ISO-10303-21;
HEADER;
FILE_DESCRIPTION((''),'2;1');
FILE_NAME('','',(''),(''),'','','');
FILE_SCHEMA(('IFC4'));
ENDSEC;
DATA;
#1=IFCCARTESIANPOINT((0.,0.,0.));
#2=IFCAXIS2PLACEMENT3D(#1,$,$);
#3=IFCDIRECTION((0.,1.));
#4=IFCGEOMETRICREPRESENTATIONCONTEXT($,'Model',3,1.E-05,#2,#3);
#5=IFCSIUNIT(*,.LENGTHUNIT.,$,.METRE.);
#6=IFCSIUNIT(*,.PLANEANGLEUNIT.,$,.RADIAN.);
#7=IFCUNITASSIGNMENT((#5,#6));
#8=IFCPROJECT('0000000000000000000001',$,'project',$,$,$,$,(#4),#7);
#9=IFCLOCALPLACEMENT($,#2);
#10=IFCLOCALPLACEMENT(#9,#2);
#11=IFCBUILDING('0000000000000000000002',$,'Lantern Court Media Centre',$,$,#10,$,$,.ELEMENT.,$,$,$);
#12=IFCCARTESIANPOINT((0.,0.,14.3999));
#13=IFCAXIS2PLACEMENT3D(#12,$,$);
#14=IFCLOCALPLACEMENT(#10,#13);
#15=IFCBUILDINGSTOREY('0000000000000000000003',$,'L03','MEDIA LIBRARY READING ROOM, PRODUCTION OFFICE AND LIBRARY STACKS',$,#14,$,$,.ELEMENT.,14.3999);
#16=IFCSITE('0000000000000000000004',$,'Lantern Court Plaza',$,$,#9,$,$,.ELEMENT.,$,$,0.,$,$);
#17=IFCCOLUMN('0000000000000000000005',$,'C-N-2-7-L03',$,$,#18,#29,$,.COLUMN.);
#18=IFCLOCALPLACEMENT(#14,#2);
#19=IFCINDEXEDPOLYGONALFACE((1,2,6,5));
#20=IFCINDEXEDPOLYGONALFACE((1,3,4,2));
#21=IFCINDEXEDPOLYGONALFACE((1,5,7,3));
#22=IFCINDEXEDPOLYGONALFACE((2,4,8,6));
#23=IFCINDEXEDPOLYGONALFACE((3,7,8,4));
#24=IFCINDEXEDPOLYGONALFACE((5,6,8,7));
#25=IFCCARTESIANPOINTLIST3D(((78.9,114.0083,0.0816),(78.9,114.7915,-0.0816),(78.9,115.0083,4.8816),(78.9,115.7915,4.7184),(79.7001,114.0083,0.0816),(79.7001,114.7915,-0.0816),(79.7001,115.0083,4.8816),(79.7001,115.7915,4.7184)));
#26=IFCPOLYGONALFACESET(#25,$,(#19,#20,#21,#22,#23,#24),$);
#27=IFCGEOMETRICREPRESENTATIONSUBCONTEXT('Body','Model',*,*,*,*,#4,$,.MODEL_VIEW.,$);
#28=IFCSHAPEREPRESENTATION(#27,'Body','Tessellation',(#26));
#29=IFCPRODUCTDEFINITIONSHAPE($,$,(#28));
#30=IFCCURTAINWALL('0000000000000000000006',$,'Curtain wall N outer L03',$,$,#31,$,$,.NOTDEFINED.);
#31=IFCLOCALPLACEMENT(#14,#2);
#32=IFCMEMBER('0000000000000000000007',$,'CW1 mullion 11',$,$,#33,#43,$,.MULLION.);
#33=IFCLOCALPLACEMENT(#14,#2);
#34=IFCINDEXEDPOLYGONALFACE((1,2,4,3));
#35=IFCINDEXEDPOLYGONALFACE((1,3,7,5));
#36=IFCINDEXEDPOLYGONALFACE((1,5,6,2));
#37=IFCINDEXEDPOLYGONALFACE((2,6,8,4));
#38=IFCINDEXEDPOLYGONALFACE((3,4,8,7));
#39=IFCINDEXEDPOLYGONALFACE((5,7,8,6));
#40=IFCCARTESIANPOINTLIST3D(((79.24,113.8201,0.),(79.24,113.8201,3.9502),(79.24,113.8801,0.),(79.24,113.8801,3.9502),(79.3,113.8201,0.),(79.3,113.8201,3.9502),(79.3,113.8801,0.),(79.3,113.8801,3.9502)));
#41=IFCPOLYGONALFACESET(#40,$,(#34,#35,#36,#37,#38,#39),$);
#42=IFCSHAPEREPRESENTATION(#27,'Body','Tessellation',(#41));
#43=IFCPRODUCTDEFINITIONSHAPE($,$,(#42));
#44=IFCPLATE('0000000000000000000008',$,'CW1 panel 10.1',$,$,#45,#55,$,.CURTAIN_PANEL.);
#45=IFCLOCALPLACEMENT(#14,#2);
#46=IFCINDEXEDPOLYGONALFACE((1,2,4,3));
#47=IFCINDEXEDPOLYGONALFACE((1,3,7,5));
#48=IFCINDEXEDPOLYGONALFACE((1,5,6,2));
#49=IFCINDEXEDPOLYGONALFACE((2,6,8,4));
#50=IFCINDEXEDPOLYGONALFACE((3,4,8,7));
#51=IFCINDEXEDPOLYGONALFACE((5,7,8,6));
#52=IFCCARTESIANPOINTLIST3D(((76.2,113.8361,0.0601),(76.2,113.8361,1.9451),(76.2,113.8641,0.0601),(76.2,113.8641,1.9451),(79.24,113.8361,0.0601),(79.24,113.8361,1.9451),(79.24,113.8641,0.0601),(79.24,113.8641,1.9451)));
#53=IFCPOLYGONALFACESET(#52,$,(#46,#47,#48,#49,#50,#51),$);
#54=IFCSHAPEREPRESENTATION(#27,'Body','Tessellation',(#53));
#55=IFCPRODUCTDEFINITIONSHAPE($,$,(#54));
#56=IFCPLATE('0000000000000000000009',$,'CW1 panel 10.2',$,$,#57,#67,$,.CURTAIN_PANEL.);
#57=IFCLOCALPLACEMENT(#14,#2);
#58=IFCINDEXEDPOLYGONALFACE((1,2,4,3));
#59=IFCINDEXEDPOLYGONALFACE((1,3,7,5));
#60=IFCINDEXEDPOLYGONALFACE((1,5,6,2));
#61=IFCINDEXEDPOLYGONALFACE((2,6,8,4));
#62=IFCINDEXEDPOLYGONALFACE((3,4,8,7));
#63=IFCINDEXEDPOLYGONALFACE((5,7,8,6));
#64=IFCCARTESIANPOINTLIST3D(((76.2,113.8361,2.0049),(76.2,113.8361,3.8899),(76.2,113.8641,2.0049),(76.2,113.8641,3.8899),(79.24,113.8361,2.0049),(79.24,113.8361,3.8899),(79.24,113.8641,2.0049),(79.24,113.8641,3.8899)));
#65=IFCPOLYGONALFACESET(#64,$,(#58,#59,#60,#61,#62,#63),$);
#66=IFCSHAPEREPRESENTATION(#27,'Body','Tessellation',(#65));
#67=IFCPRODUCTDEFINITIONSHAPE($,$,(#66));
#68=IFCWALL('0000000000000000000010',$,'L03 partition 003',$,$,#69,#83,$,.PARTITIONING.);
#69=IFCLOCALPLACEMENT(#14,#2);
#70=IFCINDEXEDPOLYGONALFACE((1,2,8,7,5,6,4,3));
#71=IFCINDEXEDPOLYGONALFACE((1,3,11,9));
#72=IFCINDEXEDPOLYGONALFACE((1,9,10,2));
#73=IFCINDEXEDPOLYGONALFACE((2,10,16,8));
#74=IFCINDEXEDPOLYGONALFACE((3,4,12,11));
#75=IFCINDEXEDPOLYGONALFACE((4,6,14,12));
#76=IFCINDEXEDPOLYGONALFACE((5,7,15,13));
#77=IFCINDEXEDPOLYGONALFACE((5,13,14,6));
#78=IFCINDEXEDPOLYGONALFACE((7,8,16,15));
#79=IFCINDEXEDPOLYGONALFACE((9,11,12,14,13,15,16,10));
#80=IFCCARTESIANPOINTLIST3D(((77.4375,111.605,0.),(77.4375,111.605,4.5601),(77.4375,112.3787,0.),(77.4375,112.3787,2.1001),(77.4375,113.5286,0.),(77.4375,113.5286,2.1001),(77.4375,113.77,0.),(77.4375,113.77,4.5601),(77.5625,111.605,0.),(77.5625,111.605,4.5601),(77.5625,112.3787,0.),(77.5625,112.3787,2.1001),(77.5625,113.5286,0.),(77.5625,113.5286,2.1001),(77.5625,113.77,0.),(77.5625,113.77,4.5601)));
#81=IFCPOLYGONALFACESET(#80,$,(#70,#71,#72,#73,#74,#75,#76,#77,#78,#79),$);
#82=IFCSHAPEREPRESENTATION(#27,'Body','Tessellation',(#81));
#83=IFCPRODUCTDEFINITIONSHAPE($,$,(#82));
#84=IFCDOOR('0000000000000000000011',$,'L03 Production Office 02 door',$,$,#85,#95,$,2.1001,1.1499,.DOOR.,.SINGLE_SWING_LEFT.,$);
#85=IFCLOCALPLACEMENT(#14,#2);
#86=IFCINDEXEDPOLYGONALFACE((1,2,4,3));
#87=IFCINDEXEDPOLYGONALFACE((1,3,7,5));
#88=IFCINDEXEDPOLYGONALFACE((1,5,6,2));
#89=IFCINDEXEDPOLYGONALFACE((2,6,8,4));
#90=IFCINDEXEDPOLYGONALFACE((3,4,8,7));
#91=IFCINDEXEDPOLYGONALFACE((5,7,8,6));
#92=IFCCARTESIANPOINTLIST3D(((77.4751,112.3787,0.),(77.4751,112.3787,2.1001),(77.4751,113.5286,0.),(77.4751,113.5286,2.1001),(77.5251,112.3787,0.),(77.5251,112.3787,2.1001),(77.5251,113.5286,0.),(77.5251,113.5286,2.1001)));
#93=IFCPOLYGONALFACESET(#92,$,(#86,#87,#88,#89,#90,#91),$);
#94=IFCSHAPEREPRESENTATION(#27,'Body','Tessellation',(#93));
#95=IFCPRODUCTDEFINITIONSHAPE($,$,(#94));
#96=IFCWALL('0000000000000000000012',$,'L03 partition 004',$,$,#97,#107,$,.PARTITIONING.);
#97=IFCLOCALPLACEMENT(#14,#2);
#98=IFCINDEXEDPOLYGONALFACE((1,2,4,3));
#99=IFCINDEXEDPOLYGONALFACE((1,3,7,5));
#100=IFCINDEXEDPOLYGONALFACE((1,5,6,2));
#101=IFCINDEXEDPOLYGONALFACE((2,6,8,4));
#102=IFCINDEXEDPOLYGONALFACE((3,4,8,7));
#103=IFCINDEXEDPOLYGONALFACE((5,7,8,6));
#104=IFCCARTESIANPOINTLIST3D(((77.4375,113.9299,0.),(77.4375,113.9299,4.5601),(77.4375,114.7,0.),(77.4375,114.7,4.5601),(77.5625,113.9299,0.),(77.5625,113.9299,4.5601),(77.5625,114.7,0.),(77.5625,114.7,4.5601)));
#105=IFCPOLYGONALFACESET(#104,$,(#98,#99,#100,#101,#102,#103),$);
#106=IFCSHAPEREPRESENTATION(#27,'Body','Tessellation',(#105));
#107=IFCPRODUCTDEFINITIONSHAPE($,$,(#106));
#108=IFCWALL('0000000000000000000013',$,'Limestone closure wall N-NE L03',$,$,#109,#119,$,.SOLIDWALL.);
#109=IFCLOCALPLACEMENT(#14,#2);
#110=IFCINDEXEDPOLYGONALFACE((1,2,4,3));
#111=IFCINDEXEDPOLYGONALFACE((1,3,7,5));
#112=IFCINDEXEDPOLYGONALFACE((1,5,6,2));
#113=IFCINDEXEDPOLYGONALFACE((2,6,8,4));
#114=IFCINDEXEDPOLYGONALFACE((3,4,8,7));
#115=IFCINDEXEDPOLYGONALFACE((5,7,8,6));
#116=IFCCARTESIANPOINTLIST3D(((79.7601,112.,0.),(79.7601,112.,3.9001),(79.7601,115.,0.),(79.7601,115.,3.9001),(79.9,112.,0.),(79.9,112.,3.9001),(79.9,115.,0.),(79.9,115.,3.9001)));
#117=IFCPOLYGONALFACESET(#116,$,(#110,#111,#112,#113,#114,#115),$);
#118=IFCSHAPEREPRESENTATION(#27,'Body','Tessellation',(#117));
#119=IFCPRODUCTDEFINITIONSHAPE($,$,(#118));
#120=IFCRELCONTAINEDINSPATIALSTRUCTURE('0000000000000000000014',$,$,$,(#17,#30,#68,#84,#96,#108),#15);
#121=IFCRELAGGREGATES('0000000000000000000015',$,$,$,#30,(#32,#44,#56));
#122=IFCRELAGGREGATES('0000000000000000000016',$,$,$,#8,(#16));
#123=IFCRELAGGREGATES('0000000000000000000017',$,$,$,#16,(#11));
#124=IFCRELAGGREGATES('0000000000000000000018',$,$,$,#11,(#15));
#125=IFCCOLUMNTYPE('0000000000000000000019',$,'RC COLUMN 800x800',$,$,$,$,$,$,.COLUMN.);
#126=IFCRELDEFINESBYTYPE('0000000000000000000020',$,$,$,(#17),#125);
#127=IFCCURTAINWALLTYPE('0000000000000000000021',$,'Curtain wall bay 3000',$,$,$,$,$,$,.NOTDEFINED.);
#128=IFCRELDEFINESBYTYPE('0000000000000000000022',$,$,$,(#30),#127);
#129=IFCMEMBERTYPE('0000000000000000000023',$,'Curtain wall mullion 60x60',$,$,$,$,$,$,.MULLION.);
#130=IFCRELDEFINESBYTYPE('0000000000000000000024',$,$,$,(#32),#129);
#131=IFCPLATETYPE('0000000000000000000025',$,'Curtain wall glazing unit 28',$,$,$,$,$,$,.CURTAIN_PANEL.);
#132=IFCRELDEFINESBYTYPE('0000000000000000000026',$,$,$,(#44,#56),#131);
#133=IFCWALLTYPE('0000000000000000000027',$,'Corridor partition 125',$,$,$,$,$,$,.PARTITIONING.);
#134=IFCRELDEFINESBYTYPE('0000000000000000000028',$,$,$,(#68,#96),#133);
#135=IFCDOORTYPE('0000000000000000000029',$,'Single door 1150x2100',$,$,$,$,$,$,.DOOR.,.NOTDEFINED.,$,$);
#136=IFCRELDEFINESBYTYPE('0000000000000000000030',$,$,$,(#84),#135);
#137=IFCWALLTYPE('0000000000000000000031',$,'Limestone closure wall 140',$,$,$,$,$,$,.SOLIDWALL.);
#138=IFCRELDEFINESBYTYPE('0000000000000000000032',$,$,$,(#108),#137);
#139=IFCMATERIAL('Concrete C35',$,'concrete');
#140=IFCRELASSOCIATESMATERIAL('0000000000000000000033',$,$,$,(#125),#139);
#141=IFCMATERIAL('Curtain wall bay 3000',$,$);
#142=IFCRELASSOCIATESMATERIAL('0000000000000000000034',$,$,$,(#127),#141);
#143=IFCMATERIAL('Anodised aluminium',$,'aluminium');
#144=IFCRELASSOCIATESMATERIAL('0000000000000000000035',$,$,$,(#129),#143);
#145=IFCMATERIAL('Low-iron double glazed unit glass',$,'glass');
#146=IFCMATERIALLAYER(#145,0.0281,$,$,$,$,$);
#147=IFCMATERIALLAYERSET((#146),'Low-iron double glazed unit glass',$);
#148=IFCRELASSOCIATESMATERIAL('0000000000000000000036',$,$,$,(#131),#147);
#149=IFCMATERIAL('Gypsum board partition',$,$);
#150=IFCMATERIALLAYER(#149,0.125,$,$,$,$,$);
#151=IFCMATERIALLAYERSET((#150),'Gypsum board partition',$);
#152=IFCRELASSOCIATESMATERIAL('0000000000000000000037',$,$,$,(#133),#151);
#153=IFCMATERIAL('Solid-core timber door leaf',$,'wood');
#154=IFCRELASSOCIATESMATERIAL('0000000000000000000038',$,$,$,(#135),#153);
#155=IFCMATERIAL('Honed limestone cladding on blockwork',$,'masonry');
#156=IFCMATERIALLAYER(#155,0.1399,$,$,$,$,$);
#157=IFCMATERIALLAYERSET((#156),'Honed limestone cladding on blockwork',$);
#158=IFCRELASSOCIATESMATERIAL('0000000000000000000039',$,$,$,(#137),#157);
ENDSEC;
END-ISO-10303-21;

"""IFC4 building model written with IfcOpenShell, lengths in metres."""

from ifc_helpers import new_model, si_unit, direction, frame, frame_2d, origin, origin_2d, place, context, subcontext, project, spatial, rectangle, extrude, material, layer, layer_set, material_profile, profile_set, type_object, element, fill, aggregate, save


model = new_model("IFC4")

# Units and contexts
model_context = context("Model", 3, precision=1e-05, world=origin(), true_north=direction((0.0, 1.0)))
body_context = subcontext(model_context, "Body", "Model", "MODEL_VIEW")
ifc_project = project(units=[si_unit("LENGTHUNIT", "METRE"), si_unit("PLANEANGLEUNIT", "RADIAN")], contexts=[model_context])

# Site, building, storey
site_placement = place(None, origin())
site = spatial("IfcSite", under=ifc_project, at=site_placement, Name="Lantern Court Plaza", CompositionType="ELEMENT", RefElevation=0.0)
building_placement = place(site_placement, origin())
building = spatial("IfcBuilding", under=site, at=building_placement, Name="Lantern Court Media Centre", CompositionType="ELEMENT")
storey_placement = place(building_placement, frame((0.0, 0.0, 14.3999)))
storey = spatial("IfcBuildingStorey", under=building, at=storey_placement, Name="L03", Description="MEDIA LIBRARY READING ROOM, PRODUCTION OFFICE AND LIBRARY STACKS", CompositionType="ELEMENT", Elevation=14.3999)

# Column
ifc_material_1 = material(Name="Concrete C35", Category="concrete")
ifc_material_profile_1 = material_profile(ifc_material_1, rectangle(XDim=0.8, YDim=0.8, at=origin_2d()), Name="RC 800x800")
ifc_profile_set_1 = profile_set([ifc_material_profile_1], Name="Concrete C35")
column_type = type_object("IfcColumnType", Name="RC COLUMN 800x800", PredefinedType="COLUMN", material=ifc_profile_set_1)
column_placement = place(storey_placement, frame((79.3, 114.3999, 0.0), z_axis=(0.0, 0.203952, 0.978981), x_axis=(-1.0, 0.0, 0.0)))
element("IfcColumn", 1, at=column_placement, inside=storey, type_object=column_type, Name="C-N-2-7-L03", PredefinedType="COLUMN", context=body_context, shape_type="SweptSolid", body=[
    extrude(rectangle(XDim=0.8, YDim=0.8, at=origin_2d()), origin(), (0.0, 0.0, 1.0), 4.9031),
])

# Curtain wall, member, plates
ifc_material_2 = material(Name="Curtain wall bay 3000")
curtain_wall_type = type_object("IfcCurtainWallType", Name="Curtain wall bay 3000", PredefinedType="NOTDEFINED", material=ifc_material_2)
curtain_wall_placement = place(storey_placement, origin())
curtain_wall = element("IfcCurtainWall", 2, at=curtain_wall_placement, inside=storey, type_object=curtain_wall_type, Name="Curtain wall N outer L03", PredefinedType="NOTDEFINED")
ifc_material_3 = material(Name="Anodised aluminium", Category="aluminium")
ifc_material_profile_2 = material_profile(ifc_material_3, rectangle(XDim=0.0601, YDim=0.0601, at=origin_2d()), Name="AL 60x60")
ifc_profile_set_2 = profile_set([ifc_material_profile_2], Name="Anodised aluminium")
member_type = type_object("IfcMemberType", Name="Curtain wall mullion 60x60", PredefinedType="MULLION", material=ifc_profile_set_2)
member_placement = place(storey_placement, frame((79.27, 113.8501, 0.0), z_axis=(0.0, 0.0, 1.0), x_axis=(0.0, 1.0, 0.0)))
member = element("IfcMember", 3, at=member_placement, type_object=member_type, Name="CW1 mullion 11", PredefinedType="MULLION", context=body_context, shape_type="SweptSolid", body=[
    extrude(rectangle(XDim=0.0601, YDim=0.0601, at=origin_2d()), origin(), (0.0, 0.0, 1.0), 3.9502),
])
ifc_material_4 = material(Name="Low-iron double glazed unit glass", Category="glass")
ifc_layer_1 = layer(ifc_material_4, 0.0281)
ifc_layer_set_1 = layer_set([ifc_layer_1], Name="Low-iron double glazed unit glass")
plate_type = type_object("IfcPlateType", Name="Curtain wall glazing unit 28", PredefinedType="CURTAIN_PANEL", material=ifc_layer_set_1)
plate_1_placement = place(storey_placement, frame((77.72, 113.8501, 0.0601), z_axis=(0.0, 0.0, 1.0), x_axis=(1.0, 0.0, 0.0)))
plate_1 = element("IfcPlate", 4, at=plate_1_placement, type_object=plate_type, Name="CW1 panel 10.1", PredefinedType="CURTAIN_PANEL", context=body_context, shape_type="SweptSolid", body=[
    extrude(rectangle(XDim=3.04, YDim=0.0281, at=origin_2d()), origin(), (0.0, 0.0, 1.0), 1.885),
])
plate_2_placement = place(storey_placement, frame((77.72, 113.8501, 2.0049), z_axis=(0.0, 0.0, 1.0), x_axis=(1.0, 0.0, 0.0)))
plate_2 = element("IfcPlate", 5, at=plate_2_placement, type_object=plate_type, Name="CW1 panel 10.2", PredefinedType="CURTAIN_PANEL", context=body_context, shape_type="SweptSolid", body=[
    extrude(rectangle(XDim=3.04, YDim=0.0281, at=origin_2d()), origin(), (0.0, 0.0, 1.0), 1.885),
])
aggregate(curtain_wall, [member, plate_1, plate_2])

# Wall, opening, door
ifc_material_5 = material(Name="Gypsum board partition")
ifc_layer_2 = layer(ifc_material_5, 0.125)
ifc_layer_set_2 = layer_set([ifc_layer_2], Name="Gypsum board partition")
wall_type_1 = type_object("IfcWallType", Name="Corridor partition 125", PredefinedType="PARTITIONING", material=ifc_layer_set_2)
wall_1_placement = place(storey_placement, frame((77.5, 111.605, 0.0), z_axis=(0.0, 0.0, 1.0), x_axis=(0.0, 1.0, 0.0)))
wall_1 = element("IfcWall", 6, at=wall_1_placement, inside=storey, type_object=wall_type_1, Name="L03 partition 003", PredefinedType="PARTITIONING", context=body_context, shape_type="SweptSolid", body=[
    extrude(rectangle(XDim=2.165, YDim=0.125, at=frame_2d((1.0825, 0.0))), origin(), (0.0, 0.0, 1.0), 4.5601),
])
opening_1_placement = place(wall_1_placement, frame((0.7737, 0.0, 0.0)))
opening_1 = element("IfcOpeningElement", 7, at=opening_1_placement, cuts=wall_1, PredefinedType="OPENING", context=body_context, shape_type="SweptSolid", body=[
    extrude(rectangle(XDim=1.1499, YDim=2.1001, at=frame_2d((0.575, 1.05))), frame((0.0, 0.0725, 0.0), z_axis=(0.0, -1.0, 0.0), x_axis=(1.0, 0.0, 0.0)), (0.0, 0.0, 1.0), 0.145),
])
ifc_material_6 = material(Name="Solid-core timber door leaf", Category="wood")
door_type = type_object("IfcDoorType", Name="Single door 1150x2100", OperationType="NOTDEFINED", PredefinedType="DOOR", material=ifc_material_6)
door_placement = place(opening_1_placement, origin())
door = element("IfcDoor", 8, at=door_placement, inside=storey, type_object=door_type, Name="L03 Production Office 02 door", OperationType="SINGLE_SWING_LEFT", OverallHeight=2.1001, OverallWidth=1.1499, PredefinedType="DOOR", context=body_context, shape_type="SweptSolid", body=[
    extrude(rectangle(XDim=1.1499, YDim=2.1001, at=frame_2d((0.575, 1.05))), frame((0.0, 0.0249, 0.0), z_axis=(0.0, -1.0, 0.0), x_axis=(1.0, 0.0, 0.0)), (0.0, 0.0, 1.0), 0.05),
])
fill(opening_1, door)

# Walls
wall_2_placement = place(storey_placement, frame((77.5, 113.9299, 0.0), z_axis=(0.0, 0.0, 1.0), x_axis=(0.0, 1.0, 0.0)))
element("IfcWall", 9, at=wall_2_placement, inside=storey, type_object=wall_type_1, Name="L03 partition 004", PredefinedType="PARTITIONING", context=body_context, shape_type="SweptSolid", body=[
    extrude(rectangle(XDim=0.77, YDim=0.125, at=frame_2d((0.385, 0.0))), origin(), (0.0, 0.0, 1.0), 4.5601),
])
ifc_material_7 = material(Name="Honed limestone cladding on blockwork", Category="masonry")
ifc_layer_3 = layer(ifc_material_7, 0.1399)
ifc_layer_set_3 = layer_set([ifc_layer_3], Name="Honed limestone cladding on blockwork")
wall_type_2 = type_object("IfcWallType", Name="Limestone closure wall 140", PredefinedType="SOLIDWALL", material=ifc_layer_set_3)
wall_3_placement = place(storey_placement, frame((79.8301, 112.0, 0.0), z_axis=(0.0, 0.0, 1.0), x_axis=(0.0, 1.0, 0.0)))
element("IfcWall", 10, at=wall_3_placement, inside=storey, type_object=wall_type_2, Name="Limestone closure wall N-NE L03", PredefinedType="SOLIDWALL", context=body_context, shape_type="SweptSolid", body=[
    extrude(rectangle(XDim=3.0, YDim=0.1399, at=frame_2d((1.5, 0.0))), origin(), (0.0, 0.0, 1.0), 3.9001),
])

save(model, "model.ifc")
